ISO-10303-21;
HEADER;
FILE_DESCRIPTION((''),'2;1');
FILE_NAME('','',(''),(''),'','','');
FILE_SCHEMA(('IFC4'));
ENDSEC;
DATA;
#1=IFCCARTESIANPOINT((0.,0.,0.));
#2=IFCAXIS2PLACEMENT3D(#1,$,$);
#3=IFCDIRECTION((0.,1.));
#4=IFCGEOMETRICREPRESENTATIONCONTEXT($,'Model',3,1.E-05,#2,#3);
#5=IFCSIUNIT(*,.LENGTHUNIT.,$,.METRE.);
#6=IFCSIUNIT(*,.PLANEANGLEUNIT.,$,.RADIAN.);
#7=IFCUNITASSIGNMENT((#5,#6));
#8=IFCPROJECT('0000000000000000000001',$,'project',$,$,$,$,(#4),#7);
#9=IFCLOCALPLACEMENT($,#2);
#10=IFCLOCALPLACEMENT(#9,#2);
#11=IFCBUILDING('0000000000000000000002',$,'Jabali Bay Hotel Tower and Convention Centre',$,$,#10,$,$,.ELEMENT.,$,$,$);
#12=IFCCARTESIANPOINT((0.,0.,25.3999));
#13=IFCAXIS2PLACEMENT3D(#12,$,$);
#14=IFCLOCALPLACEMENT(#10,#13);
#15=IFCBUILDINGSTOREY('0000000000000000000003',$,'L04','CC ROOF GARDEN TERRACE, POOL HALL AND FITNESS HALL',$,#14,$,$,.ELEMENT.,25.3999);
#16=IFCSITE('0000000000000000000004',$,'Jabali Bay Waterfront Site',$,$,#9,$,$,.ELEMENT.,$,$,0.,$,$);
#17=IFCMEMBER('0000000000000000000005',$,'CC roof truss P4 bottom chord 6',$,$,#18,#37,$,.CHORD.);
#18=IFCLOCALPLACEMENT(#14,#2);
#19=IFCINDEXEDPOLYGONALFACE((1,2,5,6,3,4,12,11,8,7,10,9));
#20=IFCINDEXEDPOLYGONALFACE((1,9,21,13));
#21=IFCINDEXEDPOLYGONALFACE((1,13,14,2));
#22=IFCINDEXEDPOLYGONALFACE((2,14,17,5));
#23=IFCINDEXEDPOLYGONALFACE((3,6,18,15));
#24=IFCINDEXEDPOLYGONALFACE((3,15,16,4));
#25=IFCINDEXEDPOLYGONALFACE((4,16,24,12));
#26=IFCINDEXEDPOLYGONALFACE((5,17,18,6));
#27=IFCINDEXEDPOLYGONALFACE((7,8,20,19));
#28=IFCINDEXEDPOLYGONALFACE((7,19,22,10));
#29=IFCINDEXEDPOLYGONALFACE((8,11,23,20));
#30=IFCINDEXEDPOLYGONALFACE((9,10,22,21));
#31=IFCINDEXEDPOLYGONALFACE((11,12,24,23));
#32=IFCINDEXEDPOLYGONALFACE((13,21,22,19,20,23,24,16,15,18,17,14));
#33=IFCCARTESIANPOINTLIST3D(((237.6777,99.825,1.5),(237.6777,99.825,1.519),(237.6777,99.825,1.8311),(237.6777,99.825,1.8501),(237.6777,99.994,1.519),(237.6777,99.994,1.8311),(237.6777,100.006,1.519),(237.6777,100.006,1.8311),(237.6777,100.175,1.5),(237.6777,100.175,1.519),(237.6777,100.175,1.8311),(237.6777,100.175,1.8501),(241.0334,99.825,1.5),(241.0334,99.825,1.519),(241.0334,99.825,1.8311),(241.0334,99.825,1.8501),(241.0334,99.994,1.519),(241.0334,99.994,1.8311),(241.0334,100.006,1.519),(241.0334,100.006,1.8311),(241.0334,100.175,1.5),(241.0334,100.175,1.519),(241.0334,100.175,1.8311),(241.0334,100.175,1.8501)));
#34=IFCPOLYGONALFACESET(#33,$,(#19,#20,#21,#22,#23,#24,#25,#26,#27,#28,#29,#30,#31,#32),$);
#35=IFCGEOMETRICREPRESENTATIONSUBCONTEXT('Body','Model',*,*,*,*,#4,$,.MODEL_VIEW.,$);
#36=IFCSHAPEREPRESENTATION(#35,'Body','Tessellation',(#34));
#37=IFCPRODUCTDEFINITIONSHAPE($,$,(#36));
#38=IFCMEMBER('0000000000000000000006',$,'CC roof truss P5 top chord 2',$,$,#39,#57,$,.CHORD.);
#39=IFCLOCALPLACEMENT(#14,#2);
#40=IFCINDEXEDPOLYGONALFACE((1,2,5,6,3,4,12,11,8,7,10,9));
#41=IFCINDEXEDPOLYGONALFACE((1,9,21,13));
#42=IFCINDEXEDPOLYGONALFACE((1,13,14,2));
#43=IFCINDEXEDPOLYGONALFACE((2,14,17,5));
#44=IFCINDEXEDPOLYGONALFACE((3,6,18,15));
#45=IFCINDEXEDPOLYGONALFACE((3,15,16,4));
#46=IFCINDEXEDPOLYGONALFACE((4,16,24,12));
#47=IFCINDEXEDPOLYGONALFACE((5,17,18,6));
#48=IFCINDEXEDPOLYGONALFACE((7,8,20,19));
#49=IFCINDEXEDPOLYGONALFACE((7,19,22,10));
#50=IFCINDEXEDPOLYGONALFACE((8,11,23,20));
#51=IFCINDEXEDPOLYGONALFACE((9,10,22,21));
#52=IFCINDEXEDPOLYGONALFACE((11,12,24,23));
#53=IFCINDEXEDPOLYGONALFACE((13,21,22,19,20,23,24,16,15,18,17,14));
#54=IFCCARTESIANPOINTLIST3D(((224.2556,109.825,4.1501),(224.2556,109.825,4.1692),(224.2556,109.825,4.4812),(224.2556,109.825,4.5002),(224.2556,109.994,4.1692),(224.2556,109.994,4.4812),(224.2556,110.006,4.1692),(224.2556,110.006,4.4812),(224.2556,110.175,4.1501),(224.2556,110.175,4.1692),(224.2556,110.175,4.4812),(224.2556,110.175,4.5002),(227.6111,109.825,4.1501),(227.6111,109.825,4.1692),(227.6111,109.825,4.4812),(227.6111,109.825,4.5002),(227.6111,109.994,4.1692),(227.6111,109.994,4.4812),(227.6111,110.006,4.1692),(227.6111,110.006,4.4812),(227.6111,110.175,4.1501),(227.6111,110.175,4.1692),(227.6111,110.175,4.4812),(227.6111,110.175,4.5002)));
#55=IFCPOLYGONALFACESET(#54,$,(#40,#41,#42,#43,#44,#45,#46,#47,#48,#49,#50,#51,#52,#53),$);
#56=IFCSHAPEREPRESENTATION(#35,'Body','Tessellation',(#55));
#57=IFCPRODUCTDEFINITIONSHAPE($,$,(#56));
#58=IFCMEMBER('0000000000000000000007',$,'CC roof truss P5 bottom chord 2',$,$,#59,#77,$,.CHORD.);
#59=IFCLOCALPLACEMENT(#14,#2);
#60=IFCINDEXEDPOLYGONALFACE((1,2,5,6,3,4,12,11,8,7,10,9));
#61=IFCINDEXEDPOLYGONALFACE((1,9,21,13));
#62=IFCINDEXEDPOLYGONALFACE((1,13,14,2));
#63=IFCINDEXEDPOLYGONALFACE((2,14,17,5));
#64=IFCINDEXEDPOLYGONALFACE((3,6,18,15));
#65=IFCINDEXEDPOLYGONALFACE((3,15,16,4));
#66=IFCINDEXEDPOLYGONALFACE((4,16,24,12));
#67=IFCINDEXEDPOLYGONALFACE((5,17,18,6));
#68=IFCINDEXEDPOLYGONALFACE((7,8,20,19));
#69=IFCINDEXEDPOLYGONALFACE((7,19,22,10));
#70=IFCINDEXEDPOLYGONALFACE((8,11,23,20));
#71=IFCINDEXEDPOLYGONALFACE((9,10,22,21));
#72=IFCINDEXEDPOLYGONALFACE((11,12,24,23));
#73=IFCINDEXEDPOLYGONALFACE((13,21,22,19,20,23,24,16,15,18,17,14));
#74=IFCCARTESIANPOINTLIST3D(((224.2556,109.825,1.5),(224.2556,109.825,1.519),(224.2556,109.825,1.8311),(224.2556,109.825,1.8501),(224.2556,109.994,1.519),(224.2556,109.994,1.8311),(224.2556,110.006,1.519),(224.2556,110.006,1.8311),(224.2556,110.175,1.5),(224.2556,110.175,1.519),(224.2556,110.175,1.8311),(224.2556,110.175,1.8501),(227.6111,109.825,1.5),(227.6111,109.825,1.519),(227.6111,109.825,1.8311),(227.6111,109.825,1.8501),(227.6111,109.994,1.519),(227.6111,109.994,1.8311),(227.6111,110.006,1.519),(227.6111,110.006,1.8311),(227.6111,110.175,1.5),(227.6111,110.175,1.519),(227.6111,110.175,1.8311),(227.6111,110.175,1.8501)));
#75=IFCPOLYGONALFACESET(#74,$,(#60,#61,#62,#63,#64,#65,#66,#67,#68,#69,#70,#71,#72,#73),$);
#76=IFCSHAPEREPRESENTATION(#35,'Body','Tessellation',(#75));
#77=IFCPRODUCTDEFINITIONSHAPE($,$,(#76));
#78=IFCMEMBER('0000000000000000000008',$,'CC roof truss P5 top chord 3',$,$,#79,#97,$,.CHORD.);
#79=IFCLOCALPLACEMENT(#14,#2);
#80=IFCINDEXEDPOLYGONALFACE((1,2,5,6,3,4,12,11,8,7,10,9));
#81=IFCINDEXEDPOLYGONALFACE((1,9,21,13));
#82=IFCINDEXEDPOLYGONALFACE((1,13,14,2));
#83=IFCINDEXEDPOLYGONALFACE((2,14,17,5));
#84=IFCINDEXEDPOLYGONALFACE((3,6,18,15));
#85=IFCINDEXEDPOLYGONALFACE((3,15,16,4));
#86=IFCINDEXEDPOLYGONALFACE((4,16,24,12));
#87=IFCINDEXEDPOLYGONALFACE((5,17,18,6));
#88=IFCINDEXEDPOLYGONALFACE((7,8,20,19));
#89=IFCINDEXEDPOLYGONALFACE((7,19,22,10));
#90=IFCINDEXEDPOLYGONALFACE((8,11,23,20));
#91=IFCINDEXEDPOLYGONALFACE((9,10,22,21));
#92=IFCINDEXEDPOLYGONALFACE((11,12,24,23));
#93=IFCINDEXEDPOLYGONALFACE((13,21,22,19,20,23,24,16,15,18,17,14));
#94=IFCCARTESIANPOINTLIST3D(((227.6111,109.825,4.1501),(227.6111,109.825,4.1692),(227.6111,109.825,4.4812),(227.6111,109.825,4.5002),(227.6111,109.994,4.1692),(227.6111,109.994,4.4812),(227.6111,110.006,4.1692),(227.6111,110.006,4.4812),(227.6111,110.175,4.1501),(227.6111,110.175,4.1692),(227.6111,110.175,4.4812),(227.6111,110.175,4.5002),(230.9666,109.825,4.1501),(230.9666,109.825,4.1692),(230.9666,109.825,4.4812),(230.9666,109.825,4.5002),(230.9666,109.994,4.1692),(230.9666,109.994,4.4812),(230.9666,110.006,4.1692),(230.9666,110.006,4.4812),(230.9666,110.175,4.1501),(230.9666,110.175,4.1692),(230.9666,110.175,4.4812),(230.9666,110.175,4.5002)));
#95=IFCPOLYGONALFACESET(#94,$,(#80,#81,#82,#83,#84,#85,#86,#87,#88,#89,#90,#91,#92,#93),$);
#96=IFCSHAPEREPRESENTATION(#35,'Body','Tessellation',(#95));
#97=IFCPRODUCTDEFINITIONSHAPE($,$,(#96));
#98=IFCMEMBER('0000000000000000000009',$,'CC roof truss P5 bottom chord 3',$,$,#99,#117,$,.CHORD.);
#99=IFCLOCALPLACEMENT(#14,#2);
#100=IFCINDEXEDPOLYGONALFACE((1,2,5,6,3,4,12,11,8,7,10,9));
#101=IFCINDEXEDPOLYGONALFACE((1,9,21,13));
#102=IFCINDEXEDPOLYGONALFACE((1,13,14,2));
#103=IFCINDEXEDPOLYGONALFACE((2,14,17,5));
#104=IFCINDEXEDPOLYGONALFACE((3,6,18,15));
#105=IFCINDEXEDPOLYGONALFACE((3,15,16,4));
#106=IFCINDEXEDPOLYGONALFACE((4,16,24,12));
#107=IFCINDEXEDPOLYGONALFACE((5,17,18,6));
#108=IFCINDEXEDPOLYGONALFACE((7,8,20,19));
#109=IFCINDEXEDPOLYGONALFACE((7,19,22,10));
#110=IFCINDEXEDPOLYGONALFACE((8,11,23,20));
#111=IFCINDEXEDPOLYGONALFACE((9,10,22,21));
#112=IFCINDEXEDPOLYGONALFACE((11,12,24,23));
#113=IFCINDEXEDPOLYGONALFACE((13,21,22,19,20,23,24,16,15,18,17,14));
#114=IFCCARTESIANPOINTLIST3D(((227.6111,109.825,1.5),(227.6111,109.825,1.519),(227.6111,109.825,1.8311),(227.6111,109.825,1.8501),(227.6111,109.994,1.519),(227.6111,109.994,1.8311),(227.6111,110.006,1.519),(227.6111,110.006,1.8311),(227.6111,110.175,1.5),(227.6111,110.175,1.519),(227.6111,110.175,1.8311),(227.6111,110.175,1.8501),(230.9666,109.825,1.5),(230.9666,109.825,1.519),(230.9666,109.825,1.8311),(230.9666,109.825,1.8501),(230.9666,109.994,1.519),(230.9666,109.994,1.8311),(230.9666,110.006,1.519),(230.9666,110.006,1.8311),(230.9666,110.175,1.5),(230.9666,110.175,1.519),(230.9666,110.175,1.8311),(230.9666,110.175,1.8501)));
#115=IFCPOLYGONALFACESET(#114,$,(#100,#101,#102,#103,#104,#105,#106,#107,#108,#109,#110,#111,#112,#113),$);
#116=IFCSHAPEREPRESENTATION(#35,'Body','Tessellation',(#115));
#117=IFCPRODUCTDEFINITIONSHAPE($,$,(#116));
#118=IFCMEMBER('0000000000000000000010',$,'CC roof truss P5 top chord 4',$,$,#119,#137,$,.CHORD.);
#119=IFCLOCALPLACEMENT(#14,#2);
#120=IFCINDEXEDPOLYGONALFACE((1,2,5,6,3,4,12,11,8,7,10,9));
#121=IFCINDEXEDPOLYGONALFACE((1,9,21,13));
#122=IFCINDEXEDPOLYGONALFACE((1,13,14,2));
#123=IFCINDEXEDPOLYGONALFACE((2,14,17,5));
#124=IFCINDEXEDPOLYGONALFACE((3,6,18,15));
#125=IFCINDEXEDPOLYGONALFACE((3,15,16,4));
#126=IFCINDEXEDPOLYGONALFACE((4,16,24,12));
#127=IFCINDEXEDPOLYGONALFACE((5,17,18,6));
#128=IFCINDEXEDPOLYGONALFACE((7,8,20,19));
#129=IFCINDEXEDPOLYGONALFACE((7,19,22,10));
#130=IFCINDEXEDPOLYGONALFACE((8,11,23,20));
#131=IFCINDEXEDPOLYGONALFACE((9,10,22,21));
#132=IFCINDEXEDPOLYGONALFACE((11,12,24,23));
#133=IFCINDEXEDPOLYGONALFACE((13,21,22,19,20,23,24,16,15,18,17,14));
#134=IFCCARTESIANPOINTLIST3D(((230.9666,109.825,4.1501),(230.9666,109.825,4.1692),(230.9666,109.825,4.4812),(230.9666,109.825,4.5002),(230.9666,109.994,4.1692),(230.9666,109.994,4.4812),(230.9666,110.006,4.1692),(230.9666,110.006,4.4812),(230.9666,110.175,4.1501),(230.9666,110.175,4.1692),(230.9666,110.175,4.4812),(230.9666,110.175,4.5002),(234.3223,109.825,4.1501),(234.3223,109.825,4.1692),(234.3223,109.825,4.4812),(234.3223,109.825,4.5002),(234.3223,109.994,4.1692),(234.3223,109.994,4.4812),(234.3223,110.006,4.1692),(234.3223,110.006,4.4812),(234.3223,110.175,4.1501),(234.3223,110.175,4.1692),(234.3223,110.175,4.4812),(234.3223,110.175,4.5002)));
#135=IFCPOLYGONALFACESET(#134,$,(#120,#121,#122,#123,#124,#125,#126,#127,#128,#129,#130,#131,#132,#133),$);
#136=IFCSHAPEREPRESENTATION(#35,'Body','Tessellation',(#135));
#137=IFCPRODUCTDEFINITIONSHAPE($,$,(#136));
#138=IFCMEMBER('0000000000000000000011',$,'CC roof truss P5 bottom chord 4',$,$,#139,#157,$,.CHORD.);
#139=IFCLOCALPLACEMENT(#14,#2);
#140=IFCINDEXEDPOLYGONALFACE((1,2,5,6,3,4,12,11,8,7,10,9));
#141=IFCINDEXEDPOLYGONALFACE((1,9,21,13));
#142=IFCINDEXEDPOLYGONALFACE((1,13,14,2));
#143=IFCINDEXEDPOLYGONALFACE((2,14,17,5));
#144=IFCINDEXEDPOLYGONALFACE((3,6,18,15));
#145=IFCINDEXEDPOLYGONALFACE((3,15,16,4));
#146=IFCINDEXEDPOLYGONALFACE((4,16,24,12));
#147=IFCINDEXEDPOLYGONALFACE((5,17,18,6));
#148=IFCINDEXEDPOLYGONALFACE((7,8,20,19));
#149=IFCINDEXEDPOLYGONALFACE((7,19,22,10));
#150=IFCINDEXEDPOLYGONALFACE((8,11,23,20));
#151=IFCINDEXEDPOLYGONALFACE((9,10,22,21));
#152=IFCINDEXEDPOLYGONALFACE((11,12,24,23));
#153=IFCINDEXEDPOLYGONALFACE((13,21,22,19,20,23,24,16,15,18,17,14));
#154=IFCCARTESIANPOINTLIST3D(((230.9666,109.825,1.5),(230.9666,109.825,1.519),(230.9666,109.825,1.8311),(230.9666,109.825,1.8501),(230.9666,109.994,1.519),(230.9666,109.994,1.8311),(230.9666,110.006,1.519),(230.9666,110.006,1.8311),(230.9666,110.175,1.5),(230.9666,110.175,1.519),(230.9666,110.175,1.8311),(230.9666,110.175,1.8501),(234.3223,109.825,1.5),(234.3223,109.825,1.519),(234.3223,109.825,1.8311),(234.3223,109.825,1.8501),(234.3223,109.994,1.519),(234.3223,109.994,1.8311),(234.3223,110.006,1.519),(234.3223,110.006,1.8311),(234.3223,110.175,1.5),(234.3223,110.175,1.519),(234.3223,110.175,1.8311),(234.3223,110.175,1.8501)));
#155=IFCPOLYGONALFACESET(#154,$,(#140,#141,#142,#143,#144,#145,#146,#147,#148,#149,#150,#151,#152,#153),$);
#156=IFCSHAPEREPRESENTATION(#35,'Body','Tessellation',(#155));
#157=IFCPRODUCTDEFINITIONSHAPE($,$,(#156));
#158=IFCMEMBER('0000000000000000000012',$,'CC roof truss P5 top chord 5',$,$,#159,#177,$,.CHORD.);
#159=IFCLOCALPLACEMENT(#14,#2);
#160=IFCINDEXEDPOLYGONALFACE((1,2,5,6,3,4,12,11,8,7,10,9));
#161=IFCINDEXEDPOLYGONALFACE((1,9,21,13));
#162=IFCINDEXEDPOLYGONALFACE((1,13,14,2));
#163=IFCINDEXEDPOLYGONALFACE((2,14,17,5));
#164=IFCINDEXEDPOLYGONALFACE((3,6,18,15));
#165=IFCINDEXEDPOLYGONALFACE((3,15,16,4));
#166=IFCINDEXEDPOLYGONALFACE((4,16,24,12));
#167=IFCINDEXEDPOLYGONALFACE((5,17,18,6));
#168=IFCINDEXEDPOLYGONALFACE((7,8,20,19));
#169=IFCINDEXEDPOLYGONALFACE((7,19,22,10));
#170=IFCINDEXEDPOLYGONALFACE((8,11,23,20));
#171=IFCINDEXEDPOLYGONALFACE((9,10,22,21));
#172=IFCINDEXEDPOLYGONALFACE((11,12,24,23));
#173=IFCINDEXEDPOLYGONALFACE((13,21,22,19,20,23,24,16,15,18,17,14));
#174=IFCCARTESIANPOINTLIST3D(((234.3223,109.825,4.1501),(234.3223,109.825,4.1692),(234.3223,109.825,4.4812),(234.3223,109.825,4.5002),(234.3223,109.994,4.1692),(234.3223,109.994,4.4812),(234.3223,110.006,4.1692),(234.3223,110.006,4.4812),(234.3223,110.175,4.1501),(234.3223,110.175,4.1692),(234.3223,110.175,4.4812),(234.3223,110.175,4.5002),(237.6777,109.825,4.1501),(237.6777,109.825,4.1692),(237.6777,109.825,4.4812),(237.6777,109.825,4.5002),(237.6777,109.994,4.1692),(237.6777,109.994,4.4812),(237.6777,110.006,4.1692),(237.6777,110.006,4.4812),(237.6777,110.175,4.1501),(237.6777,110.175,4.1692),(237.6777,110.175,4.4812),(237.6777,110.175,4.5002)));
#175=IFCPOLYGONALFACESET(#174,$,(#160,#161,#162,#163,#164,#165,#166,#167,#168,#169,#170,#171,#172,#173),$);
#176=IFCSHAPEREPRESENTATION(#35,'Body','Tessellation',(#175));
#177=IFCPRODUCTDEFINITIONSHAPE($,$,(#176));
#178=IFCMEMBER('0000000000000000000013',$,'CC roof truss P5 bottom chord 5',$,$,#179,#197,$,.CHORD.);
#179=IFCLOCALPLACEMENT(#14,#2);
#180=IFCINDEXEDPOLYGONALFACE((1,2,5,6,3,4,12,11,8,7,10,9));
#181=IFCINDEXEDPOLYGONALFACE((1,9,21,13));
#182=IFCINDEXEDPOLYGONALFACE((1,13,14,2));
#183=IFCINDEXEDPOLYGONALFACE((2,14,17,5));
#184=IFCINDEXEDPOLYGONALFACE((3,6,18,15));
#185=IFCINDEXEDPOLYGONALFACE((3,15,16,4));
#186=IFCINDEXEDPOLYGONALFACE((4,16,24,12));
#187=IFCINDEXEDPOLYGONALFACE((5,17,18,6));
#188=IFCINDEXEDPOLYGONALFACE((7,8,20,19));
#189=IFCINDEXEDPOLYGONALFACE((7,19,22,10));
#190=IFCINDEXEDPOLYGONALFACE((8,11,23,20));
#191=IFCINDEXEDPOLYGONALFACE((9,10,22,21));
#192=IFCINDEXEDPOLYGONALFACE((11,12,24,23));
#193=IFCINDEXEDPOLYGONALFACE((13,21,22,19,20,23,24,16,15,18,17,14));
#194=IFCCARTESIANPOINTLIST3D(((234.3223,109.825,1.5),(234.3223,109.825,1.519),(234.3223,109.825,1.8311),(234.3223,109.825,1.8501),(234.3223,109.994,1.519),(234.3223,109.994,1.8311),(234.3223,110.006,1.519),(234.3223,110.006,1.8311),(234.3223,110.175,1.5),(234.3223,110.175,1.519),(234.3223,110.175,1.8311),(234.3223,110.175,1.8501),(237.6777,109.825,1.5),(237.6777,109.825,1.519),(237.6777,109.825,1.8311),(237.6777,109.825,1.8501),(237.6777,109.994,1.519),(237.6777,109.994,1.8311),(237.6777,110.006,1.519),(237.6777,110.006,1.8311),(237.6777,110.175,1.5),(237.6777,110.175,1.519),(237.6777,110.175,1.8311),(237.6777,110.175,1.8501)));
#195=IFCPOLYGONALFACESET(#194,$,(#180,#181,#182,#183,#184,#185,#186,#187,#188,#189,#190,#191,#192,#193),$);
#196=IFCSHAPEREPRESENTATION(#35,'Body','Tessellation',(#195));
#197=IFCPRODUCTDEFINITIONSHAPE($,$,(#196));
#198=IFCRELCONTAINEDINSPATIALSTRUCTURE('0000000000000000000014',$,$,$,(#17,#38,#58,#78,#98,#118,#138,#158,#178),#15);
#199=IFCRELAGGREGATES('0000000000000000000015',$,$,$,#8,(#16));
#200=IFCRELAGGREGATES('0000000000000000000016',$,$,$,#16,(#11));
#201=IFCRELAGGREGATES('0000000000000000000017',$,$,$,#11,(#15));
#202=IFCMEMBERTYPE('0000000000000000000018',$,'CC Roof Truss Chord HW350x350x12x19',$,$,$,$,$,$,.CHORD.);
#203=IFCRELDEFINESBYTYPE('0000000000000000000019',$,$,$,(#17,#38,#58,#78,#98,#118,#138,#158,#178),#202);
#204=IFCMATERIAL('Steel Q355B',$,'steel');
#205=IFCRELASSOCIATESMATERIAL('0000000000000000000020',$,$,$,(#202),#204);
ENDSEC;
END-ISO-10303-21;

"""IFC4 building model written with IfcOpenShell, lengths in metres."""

from ifc_helpers import new_model, si_unit, direction, frame, origin, origin_2d, place, context, subcontext, project, spatial, i_section, extrude, material, material_profile, profile_set, type_object, element, save


model = new_model("IFC4")

# Units and contexts
model_context = context("Model", 3, precision=1e-05, world=origin(), true_north=direction((0.0, 1.0)))
body_context = subcontext(model_context, "Body", "Model", "MODEL_VIEW")
ifc_project = project(units=[si_unit("LENGTHUNIT", "METRE"), si_unit("PLANEANGLEUNIT", "RADIAN")], contexts=[model_context])

# Site, building, storey
site_placement = place(None, origin())
site = spatial("IfcSite", under=ifc_project, at=site_placement, Name="Jabali Bay Waterfront Site", CompositionType="ELEMENT", RefElevation=0.0)
building_placement = place(site_placement, origin())
building = spatial("IfcBuilding", under=site, at=building_placement, Name="Jabali Bay Hotel Tower and Convention Centre", CompositionType="ELEMENT")
storey_placement = place(building_placement, frame((0.0, 0.0, 25.3999)))
storey = spatial("IfcBuildingStorey", under=building, at=storey_placement, Name="L04", Description="CC ROOF GARDEN TERRACE, POOL HALL AND FITNESS HALL", CompositionType="ELEMENT", Elevation=25.3999)

# Members
ifc_material_1 = material(Name="Steel Q355B", Category="steel")
ifc_material_profile_1 = material_profile(ifc_material_1, i_section(OverallWidth=0.3501, OverallDepth=0.3501, WebThickness=0.012, FlangeThickness=0.019, at=origin_2d()), Name="HW350x350x12x19")
ifc_profile_set_1 = profile_set([ifc_material_profile_1], Name="Steel Q355B")
member_type_1 = type_object("IfcMemberType", Name="CC Roof Truss Chord HW350x350x12x19", PredefinedType="CHORD", material=ifc_profile_set_1)
member_1_placement = place(storey_placement, frame((237.6777, 100.0, 1.675), z_axis=(1.0, 0.0, 0.0), x_axis=(0.0, 1.0, 0.0)))
element("IfcMember", 1, at=member_1_placement, inside=storey, type_object=member_type_1, Name="CC roof truss P4 bottom chord 6", PredefinedType="CHORD", context=body_context, shape_type="SweptSolid", body=[
    extrude(i_section(OverallWidth=0.3501, OverallDepth=0.3501, WebThickness=0.012, FlangeThickness=0.019, at=origin_2d()), origin(), (0.0, 0.0, 1.0), 3.3557),
])
for number, where, z_axis, x_axis, name in (
    (2, (224.2556, 110.0, 4.3252), (1.0, 0.0, 0.0), (0.0, 1.0, 0.0), "CC roof truss P5 top chord 2"),
    (3, (224.2556, 110.0, 1.675), (1.0, 0.0, 0.0), (0.0, 1.0, 0.0), "CC roof truss P5 bottom chord 2"),
    (4, (227.6111, 110.0, 4.3252), (1.0, 0.0, 0.0), (0.0, 1.0, 0.0), "CC roof truss P5 top chord 3"),
    (5, (227.6111, 110.0, 1.675), (1.0, 0.0, 0.0), (0.0, 1.0, 0.0), "CC roof truss P5 bottom chord 3"),
):
    element("IfcMember", number, at=place(storey_placement, frame(where, z_axis=z_axis, x_axis=x_axis)), inside=storey, type_object=member_type_1, Name=name, PredefinedType="CHORD", context=body_context, shape_type="SweptSolid", body=[
        extrude(i_section(OverallWidth=0.3501, OverallDepth=0.3501, WebThickness=0.012, FlangeThickness=0.019, at=origin_2d()), origin(), (0.0, 0.0, 1.0), 3.3555),
    ])
for number, where, z_axis, x_axis, name in (
    (6, (230.9666, 110.0, 4.3252), (1.0, 0.0, 0.0), (0.0, 1.0, 0.0), "CC roof truss P5 top chord 4"),
    (7, (230.9666, 110.0, 1.675), (1.0, 0.0, 0.0), (0.0, 1.0, 0.0), "CC roof truss P5 bottom chord 4"),
):
    element("IfcMember", number, at=place(storey_placement, frame(where, z_axis=z_axis, x_axis=x_axis)), inside=storey, type_object=member_type_1, Name=name, PredefinedType="CHORD", context=body_context, shape_type="SweptSolid", body=[
        extrude(i_section(OverallWidth=0.3501, OverallDepth=0.3501, WebThickness=0.012, FlangeThickness=0.019, at=origin_2d()), origin(), (0.0, 0.0, 1.0), 3.3557),
    ])
for number, where, z_axis, x_axis, name in (
    (8, (234.3223, 110.0, 4.3252), (1.0, 0.0, 0.0), (0.0, 1.0, 0.0), "CC roof truss P5 top chord 5"),
    (9, (234.3223, 110.0, 1.675), (1.0, 0.0, 0.0), (0.0, 1.0, 0.0), "CC roof truss P5 bottom chord 5"),
):
    element("IfcMember", number, at=place(storey_placement, frame(where, z_axis=z_axis, x_axis=x_axis)), inside=storey, type_object=member_type_1, Name=name, PredefinedType="CHORD", context=body_context, shape_type="SweptSolid", body=[
        extrude(i_section(OverallWidth=0.3501, OverallDepth=0.3501, WebThickness=0.012, FlangeThickness=0.019, at=origin_2d()), origin(), (0.0, 0.0, 1.0), 3.3555),
    ])

save(model, "model.ifc")
